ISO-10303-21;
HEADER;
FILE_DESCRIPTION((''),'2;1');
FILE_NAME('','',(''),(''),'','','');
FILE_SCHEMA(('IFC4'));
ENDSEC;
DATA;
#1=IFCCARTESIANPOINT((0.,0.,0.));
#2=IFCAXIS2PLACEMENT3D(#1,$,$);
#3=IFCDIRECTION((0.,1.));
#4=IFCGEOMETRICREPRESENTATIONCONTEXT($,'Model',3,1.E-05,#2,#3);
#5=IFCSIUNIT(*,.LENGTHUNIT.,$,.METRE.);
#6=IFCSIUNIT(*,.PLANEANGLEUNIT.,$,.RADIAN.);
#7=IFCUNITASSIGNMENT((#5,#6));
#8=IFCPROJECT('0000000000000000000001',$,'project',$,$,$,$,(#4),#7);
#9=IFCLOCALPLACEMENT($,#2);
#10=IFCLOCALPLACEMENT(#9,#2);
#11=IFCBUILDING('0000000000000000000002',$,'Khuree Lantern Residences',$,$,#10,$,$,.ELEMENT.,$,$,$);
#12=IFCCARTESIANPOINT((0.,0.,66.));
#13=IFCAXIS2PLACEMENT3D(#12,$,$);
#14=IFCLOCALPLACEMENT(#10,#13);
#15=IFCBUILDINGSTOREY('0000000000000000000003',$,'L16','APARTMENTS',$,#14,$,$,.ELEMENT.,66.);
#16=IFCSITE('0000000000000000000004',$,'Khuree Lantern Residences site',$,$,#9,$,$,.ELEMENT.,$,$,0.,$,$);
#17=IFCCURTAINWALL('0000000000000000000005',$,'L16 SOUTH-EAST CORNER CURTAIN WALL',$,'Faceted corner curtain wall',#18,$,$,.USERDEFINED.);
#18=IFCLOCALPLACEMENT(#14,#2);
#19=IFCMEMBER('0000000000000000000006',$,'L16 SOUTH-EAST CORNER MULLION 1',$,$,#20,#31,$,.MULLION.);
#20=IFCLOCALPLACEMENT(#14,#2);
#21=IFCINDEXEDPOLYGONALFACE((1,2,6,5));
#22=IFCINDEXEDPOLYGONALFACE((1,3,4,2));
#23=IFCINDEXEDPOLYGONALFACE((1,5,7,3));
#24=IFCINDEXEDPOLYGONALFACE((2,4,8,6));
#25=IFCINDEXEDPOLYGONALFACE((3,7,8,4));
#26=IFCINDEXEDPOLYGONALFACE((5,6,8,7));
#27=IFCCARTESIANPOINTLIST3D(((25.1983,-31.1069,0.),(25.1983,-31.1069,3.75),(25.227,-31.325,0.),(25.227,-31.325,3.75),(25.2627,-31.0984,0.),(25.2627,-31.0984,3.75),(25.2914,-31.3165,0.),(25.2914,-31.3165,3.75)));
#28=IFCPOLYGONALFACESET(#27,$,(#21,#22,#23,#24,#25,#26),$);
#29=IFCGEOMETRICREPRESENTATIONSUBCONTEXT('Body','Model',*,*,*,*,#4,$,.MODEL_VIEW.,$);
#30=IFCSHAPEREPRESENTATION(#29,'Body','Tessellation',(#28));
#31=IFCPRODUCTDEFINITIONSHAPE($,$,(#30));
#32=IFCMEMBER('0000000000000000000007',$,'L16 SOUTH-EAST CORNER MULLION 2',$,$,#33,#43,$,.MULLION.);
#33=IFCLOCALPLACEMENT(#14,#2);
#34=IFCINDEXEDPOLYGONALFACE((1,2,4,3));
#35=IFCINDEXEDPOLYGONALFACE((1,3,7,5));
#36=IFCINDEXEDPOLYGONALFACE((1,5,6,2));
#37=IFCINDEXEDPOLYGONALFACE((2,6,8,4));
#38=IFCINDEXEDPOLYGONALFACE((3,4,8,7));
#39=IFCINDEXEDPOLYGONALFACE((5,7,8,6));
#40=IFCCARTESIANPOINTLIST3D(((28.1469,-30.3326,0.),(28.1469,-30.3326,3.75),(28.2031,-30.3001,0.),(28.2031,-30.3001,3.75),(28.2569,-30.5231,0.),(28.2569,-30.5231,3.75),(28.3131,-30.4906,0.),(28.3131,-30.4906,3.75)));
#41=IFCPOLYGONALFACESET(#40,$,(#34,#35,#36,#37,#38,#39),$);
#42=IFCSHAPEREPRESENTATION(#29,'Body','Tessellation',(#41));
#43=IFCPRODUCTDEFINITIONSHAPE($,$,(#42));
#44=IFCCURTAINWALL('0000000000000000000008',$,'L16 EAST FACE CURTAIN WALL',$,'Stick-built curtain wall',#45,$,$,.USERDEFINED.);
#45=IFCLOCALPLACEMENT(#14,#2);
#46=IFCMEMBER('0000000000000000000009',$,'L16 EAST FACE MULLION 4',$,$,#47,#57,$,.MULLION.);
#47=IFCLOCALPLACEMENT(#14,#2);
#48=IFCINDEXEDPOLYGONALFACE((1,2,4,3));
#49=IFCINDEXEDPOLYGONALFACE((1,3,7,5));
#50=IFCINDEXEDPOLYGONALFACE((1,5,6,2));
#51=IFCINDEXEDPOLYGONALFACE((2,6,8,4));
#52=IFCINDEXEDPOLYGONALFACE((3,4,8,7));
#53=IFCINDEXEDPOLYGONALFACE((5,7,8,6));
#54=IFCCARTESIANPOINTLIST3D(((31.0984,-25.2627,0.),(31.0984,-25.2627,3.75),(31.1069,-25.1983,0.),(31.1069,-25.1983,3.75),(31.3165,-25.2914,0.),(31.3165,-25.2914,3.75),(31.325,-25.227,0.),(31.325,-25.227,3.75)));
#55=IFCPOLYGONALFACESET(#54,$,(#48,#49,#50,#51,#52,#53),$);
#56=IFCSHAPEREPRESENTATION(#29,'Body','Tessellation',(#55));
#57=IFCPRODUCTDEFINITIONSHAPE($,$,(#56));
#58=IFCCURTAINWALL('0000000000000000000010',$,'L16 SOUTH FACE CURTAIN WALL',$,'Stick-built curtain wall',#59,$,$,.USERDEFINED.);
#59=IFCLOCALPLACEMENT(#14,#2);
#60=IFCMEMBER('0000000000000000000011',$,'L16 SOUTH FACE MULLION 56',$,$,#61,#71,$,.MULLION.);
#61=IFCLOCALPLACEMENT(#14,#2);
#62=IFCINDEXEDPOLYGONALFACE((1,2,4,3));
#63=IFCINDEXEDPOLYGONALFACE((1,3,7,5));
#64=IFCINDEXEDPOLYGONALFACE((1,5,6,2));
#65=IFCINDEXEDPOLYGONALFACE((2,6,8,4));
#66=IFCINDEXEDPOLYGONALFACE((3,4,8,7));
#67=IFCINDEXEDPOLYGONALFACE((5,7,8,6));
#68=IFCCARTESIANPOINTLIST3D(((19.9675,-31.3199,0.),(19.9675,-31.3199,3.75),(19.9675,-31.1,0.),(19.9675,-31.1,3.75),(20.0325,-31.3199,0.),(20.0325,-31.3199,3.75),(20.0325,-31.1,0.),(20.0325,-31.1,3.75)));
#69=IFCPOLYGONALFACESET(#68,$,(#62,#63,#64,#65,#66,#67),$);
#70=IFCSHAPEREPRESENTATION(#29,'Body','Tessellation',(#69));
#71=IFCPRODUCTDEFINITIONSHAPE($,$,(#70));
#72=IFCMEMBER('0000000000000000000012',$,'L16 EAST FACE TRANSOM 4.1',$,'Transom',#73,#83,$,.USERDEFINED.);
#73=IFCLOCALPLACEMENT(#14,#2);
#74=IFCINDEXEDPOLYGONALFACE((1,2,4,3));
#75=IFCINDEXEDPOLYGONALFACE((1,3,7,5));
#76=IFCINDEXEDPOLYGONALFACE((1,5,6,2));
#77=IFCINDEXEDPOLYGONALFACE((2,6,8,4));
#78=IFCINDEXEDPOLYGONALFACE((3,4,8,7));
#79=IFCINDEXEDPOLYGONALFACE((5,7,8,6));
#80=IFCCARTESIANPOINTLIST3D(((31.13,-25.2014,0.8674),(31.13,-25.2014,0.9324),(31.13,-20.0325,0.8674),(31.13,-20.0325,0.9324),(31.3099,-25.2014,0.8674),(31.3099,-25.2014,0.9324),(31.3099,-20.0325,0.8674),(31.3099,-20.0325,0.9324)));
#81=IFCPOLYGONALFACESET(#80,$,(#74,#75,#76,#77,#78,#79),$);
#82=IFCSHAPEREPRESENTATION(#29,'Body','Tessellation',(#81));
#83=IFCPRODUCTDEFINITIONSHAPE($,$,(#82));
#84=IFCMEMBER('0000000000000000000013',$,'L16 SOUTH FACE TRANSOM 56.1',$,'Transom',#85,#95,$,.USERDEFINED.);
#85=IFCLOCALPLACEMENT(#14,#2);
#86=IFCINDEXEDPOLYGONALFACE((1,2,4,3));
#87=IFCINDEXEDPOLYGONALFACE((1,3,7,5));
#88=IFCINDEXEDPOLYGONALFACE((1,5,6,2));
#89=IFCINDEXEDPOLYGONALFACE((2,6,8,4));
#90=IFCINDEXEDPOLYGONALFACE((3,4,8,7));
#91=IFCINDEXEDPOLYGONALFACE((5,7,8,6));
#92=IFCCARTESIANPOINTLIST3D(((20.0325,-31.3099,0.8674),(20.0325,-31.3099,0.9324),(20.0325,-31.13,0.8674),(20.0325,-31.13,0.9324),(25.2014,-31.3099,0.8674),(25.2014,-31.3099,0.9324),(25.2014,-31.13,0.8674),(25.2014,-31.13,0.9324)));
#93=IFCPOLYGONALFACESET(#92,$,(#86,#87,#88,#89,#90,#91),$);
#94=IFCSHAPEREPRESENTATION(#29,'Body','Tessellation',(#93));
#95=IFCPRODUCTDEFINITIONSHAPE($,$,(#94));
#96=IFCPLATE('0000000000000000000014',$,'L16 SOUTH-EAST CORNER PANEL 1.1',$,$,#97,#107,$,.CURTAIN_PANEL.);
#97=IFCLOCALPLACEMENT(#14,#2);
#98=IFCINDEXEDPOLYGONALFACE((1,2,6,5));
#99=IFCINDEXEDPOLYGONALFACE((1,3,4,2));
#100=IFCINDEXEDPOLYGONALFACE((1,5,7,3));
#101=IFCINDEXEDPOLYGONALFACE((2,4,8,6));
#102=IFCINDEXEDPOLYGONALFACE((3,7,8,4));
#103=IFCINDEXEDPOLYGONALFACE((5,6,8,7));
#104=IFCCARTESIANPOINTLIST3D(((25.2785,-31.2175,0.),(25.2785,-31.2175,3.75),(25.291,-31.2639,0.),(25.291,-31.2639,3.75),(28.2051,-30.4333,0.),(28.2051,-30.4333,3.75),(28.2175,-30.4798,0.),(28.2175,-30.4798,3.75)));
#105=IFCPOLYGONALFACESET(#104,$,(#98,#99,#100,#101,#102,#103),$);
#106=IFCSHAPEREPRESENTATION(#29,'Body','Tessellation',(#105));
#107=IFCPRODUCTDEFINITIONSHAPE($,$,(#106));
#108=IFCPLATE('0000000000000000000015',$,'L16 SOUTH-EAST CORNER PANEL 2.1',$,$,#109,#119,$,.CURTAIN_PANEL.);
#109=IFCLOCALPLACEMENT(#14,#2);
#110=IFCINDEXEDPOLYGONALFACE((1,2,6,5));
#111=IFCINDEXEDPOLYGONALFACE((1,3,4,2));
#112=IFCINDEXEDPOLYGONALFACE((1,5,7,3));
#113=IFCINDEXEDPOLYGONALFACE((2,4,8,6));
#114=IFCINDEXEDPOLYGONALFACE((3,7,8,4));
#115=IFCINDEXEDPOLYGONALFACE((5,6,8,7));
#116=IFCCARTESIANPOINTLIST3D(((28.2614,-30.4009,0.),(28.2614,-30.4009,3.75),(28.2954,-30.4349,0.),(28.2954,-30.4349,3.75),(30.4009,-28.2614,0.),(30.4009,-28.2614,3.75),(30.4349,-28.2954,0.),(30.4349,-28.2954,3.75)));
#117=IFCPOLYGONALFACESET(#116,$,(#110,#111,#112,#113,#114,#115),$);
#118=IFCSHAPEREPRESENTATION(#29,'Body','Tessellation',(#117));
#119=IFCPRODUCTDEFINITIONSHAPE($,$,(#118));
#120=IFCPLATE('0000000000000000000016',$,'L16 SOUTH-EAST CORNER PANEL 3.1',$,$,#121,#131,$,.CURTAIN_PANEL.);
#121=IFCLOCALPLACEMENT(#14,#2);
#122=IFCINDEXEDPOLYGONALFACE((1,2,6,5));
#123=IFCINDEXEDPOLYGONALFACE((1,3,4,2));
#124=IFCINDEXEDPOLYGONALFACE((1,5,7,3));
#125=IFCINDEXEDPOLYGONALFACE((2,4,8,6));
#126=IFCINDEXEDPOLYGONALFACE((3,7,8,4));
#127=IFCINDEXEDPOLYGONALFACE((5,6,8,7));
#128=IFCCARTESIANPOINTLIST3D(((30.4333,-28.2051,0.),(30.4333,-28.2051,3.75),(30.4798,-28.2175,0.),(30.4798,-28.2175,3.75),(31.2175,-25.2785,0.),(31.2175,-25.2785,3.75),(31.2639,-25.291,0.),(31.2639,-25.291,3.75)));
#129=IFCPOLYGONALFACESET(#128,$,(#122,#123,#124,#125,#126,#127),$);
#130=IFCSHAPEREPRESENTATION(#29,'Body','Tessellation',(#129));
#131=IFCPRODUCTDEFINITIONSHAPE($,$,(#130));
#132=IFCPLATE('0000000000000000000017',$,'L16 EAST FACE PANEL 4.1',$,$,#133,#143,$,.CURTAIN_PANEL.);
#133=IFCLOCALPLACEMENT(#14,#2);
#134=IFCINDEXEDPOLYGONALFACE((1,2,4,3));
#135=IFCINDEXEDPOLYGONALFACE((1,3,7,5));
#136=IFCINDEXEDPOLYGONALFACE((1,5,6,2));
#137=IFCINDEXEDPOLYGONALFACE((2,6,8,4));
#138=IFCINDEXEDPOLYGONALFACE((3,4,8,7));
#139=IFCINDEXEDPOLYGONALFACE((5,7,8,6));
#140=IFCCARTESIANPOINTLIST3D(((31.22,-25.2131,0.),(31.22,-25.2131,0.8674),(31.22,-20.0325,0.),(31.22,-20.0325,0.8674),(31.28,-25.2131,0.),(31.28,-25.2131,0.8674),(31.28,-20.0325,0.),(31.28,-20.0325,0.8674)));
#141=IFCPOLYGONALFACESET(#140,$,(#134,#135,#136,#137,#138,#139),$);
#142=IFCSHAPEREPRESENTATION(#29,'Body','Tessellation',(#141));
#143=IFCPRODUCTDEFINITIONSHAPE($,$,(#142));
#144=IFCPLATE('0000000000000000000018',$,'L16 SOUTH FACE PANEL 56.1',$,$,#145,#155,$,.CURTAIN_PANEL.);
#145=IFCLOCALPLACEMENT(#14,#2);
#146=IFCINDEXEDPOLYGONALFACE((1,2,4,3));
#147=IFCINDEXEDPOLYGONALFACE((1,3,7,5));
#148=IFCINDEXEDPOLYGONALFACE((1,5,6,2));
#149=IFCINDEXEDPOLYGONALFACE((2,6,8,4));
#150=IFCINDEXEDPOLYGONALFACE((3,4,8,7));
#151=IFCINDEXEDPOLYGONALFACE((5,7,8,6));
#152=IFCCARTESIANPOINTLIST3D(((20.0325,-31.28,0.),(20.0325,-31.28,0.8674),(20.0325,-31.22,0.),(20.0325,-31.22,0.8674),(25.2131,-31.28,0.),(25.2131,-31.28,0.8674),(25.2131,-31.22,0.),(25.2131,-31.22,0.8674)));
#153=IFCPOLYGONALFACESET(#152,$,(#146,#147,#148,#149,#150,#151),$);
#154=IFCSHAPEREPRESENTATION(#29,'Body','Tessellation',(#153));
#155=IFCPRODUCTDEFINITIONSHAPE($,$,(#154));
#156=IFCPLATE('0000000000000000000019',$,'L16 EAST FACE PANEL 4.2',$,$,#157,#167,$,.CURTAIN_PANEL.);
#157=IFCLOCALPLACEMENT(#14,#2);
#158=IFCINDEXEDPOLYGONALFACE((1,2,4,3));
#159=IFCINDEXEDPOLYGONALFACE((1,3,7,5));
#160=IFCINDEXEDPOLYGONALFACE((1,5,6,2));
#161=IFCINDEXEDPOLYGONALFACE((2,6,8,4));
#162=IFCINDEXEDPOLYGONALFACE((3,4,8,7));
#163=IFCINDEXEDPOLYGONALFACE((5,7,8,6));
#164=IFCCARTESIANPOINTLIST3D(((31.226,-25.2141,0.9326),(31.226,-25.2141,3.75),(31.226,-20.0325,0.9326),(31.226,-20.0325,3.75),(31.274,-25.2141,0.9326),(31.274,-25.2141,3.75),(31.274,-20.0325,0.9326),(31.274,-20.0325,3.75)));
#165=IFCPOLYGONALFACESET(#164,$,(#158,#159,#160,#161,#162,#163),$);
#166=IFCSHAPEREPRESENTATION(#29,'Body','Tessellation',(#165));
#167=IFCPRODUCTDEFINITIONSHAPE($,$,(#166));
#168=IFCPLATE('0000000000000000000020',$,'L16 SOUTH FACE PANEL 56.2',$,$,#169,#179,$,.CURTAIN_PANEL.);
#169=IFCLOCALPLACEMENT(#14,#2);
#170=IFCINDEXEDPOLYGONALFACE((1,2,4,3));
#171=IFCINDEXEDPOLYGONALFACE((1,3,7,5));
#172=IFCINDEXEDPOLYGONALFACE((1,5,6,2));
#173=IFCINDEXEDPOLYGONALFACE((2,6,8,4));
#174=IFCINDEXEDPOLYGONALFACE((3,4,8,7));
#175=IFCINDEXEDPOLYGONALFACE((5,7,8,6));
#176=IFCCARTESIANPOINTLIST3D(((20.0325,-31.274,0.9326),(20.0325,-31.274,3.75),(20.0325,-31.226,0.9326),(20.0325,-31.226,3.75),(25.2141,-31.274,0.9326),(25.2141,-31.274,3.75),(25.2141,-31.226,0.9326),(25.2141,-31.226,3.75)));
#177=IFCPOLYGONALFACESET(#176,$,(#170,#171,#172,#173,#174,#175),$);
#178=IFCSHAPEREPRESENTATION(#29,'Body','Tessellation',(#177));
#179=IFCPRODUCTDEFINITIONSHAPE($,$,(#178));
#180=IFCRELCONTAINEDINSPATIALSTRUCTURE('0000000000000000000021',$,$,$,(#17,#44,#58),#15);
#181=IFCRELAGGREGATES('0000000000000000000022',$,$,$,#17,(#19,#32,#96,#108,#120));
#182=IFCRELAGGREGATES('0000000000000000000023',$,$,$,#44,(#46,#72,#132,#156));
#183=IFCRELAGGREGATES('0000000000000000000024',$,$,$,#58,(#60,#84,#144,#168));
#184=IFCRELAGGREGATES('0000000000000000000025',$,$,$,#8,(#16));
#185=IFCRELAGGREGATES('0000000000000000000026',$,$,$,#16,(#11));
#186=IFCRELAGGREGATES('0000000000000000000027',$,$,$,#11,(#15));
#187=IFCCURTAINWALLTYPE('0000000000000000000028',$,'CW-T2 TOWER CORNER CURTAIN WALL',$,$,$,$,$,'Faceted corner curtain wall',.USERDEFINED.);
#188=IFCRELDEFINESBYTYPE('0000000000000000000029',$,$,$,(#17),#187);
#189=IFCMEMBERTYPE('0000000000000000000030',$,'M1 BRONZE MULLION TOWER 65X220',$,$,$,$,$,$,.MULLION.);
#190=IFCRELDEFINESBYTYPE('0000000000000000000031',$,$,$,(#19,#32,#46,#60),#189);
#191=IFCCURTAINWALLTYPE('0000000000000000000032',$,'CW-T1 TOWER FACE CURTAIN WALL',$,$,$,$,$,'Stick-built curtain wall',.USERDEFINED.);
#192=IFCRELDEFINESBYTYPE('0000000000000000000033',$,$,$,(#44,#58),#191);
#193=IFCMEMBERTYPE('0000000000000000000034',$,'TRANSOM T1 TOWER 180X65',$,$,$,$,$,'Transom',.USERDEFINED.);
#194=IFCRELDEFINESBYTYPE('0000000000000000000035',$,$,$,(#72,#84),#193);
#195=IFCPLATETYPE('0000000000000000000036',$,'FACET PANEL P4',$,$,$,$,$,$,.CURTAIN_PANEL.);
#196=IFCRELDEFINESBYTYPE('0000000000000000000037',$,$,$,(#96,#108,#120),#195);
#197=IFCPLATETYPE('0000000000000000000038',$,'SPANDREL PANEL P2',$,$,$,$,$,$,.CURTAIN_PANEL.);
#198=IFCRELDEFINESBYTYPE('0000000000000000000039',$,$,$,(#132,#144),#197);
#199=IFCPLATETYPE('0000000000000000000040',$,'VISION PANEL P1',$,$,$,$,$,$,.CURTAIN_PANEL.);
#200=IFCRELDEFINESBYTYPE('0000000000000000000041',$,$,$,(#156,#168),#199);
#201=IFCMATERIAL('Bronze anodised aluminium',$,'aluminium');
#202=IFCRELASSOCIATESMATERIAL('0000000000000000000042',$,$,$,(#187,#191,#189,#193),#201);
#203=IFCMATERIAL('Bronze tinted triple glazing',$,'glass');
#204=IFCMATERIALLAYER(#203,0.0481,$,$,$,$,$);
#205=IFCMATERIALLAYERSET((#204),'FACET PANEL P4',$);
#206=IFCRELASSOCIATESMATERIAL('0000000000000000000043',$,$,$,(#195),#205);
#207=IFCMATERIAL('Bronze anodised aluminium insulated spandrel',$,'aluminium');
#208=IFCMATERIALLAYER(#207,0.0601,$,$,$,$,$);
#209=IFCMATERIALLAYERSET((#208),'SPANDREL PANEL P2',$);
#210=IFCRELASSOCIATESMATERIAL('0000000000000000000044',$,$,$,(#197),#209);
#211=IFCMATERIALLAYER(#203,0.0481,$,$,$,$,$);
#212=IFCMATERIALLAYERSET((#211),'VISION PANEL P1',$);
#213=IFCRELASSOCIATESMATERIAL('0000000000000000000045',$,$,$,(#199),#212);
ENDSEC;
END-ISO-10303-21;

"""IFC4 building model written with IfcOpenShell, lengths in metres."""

from ifc_helpers import new_model, si_unit, direction, frame, origin, origin_2d, place, context, subcontext, project, spatial, rectangle, extrude, material, layer, layer_set, material_profile, profile_set, type_object, element, aggregate, save


model = new_model("IFC4")

# Units and contexts
model_context = context("Model", 3, precision=1e-05, world=origin(), true_north=direction((0.0, 1.0)))
body_context = subcontext(model_context, "Body", "Model", "MODEL_VIEW")
ifc_project = project(units=[si_unit("LENGTHUNIT", "METRE"), si_unit("PLANEANGLEUNIT", "RADIAN")], contexts=[model_context])

# Site, building, storey
site_placement = place(None, origin())
site = spatial("IfcSite", under=ifc_project, at=site_placement, Name="Khuree Lantern Residences site", CompositionType="ELEMENT", RefElevation=0.0)
building_placement = place(site_placement, origin())
building = spatial("IfcBuilding", under=site, at=building_placement, Name="Khuree Lantern Residences", CompositionType="ELEMENT")
storey_placement = place(building_placement, frame((0.0, 0.0, 66.0)))
storey = spatial("IfcBuildingStorey", under=building, at=storey_placement, Name="L16", Description="APARTMENTS", CompositionType="ELEMENT", Elevation=66.0)

# Curtain wall
ifc_material_1 = material(Name="Bronze anodised aluminium", Category="aluminium")
curtain_wall_type_1 = type_object("IfcCurtainWallType", Name="CW-T2 TOWER CORNER CURTAIN WALL", ElementType="Faceted corner curtain wall", PredefinedType="USERDEFINED", material=ifc_material_1)
curtain_wall_1_placement = place(storey_placement, origin())
curtain_wall_1 = element("IfcCurtainWall", 1, at=curtain_wall_1_placement, inside=storey, type_object=curtain_wall_type_1, Name="L16 SOUTH-EAST CORNER CURTAIN WALL", ObjectType="Faceted corner curtain wall", PredefinedType="USERDEFINED")

# Members
ifc_material_profile_1 = material_profile(ifc_material_1, rectangle(XDim=0.0649, YDim=0.22, at=origin_2d()), Name="M1 65X220")
ifc_profile_set_1 = profile_set([ifc_material_profile_1], Name="Bronze anodised aluminium")
member_type_1 = type_object("IfcMemberType", Name="M1 BRONZE MULLION TOWER 65X220", PredefinedType="MULLION", material=ifc_profile_set_1)
member_1_placement = place(storey_placement, frame((25.2449, -31.2117, 0.0), z_axis=(0.0, 0.0, 1.0), x_axis=(0.991445, 0.130526, 0.0)))
member_1 = element("IfcMember", 2, at=member_1_placement, type_object=member_type_1, Name="L16 SOUTH-EAST CORNER MULLION 1", PredefinedType="MULLION", context=body_context, shape_type="SweptSolid", body=[
    extrude(rectangle(XDim=0.0649, YDim=0.22, at=origin_2d()), origin(), (0.0, 0.0, 1.0), 3.75),
])
member_2_placement = place(storey_placement, frame((28.23, -30.4116, 0.0), z_axis=(0.0, 0.0, 1.0), x_axis=(0.866025, 0.5, 0.0)))
member_2 = element("IfcMember", 3, at=member_2_placement, type_object=member_type_1, Name="L16 SOUTH-EAST CORNER MULLION 2", PredefinedType="MULLION", context=body_context, shape_type="SweptSolid", body=[
    extrude(rectangle(XDim=0.0649, YDim=0.22, at=origin_2d()), origin(), (0.0, 0.0, 1.0), 3.75),
])

# Curtain walls, members
curtain_wall_type_2 = type_object("IfcCurtainWallType", Name="CW-T1 TOWER FACE CURTAIN WALL", ElementType="Stick-built curtain wall", PredefinedType="USERDEFINED", material=ifc_material_1)
curtain_wall_2_placement = place(storey_placement, origin())
curtain_wall_2 = element("IfcCurtainWall", 4, at=curtain_wall_2_placement, inside=storey, type_object=curtain_wall_type_2, Name="L16 EAST FACE CURTAIN WALL", ObjectType="Stick-built curtain wall", PredefinedType="USERDEFINED")
member_3_placement = place(storey_placement, frame((31.2117, -25.2449, 0.0), z_axis=(0.0, 0.0, 1.0), x_axis=(0.130526, 0.991445, 0.0)))
member_3 = element("IfcMember", 5, at=member_3_placement, type_object=member_type_1, Name="L16 EAST FACE MULLION 4", PredefinedType="MULLION", context=body_context, shape_type="SweptSolid", body=[
    extrude(rectangle(XDim=0.0649, YDim=0.22, at=origin_2d()), origin(), (0.0, 0.0, 1.0), 3.75),
])
curtain_wall_3_placement = place(storey_placement, origin())
curtain_wall_3 = element("IfcCurtainWall", 6, at=curtain_wall_3_placement, inside=storey, type_object=curtain_wall_type_2, Name="L16 SOUTH FACE CURTAIN WALL", ObjectType="Stick-built curtain wall", PredefinedType="USERDEFINED")
member_4_placement = place(storey_placement, frame((20.0, -31.21, 0.0), z_axis=(0.0, 0.0, 1.0), x_axis=(1.0, 0.0, 0.0)))
member_4 = element("IfcMember", 7, at=member_4_placement, type_object=member_type_1, Name="L16 SOUTH FACE MULLION 56", PredefinedType="MULLION", context=body_context, shape_type="SweptSolid", body=[
    extrude(rectangle(XDim=0.0649, YDim=0.22, at=origin_2d()), origin(), (0.0, 0.0, 1.0), 3.75),
])

# Members
ifc_material_profile_2 = material_profile(ifc_material_1, rectangle(XDim=0.1799, YDim=0.0649, at=origin_2d()), Name="T1 180X65")
ifc_profile_set_2 = profile_set([ifc_material_profile_2], Name="Bronze anodised aluminium")
member_type_2 = type_object("IfcMemberType", Name="TRANSOM T1 TOWER 180X65", ElementType="Transom", PredefinedType="USERDEFINED", material=ifc_profile_set_2)
member_5_placement = place(storey_placement, frame((31.22, -25.2014, 0.8999), z_axis=(0.0, 1.0, 0.0), x_axis=(-1.0, 0.0, 0.0)))
member_5 = element("IfcMember", 8, at=member_5_placement, type_object=member_type_2, Name="L16 EAST FACE TRANSOM 4.1", ObjectType="Transom", PredefinedType="USERDEFINED", context=body_context, shape_type="SweptSolid", body=[
    extrude(rectangle(XDim=0.1799, YDim=0.0649, at=origin_2d()), origin(), (0.0, 0.0, 1.0), 5.1689),
])
member_6_placement = place(storey_placement, frame((20.0325, -31.22, 0.8999), z_axis=(1.0, 0.0, 0.0), x_axis=(0.0, 1.0, 0.0)))
member_6 = element("IfcMember", 9, at=member_6_placement, type_object=member_type_2, Name="L16 SOUTH FACE TRANSOM 56.1", ObjectType="Transom", PredefinedType="USERDEFINED", context=body_context, shape_type="SweptSolid", body=[
    extrude(rectangle(XDim=0.1799, YDim=0.0649, at=origin_2d()), origin(), (0.0, 0.0, 1.0), 5.1689),
])

# Plates
ifc_material_2 = material(Name="Bronze tinted triple glazing", Category="glass")
ifc_layer_1 = layer(ifc_material_2, 0.0481)
ifc_layer_set_1 = layer_set([ifc_layer_1], Name="FACET PANEL P4")
plate_type_1 = type_object("IfcPlateType", Name="FACET PANEL P4", PredefinedType="CURTAIN_PANEL", material=ifc_layer_set_1)
plate_1_placement = place(storey_placement, frame((26.748, -30.8486, 0.0), z_axis=(0.0, 0.0, 1.0), x_axis=(0.965926, 0.258819, 0.0)))
plate_1 = element("IfcPlate", 10, at=plate_1_placement, type_object=plate_type_1, Name="L16 SOUTH-EAST CORNER PANEL 1.1", PredefinedType="CURTAIN_PANEL", context=body_context, shape_type="SweptSolid", body=[
    extrude(rectangle(XDim=3.0298, YDim=0.0481, at=origin_2d()), origin(), (0.0, 0.0, 1.0), 3.75),
])
plate_2_placement = place(storey_placement, frame((29.3481, -29.3481, 0.0), z_axis=(0.0, 0.0, 1.0), x_axis=(0.707107, 0.707107, 0.0)))
plate_2 = element("IfcPlate", 11, at=plate_2_placement, type_object=plate_type_1, Name="L16 SOUTH-EAST CORNER PANEL 2.1", PredefinedType="CURTAIN_PANEL", context=body_context, shape_type="SweptSolid", body=[
    extrude(rectangle(XDim=3.0256, YDim=0.0481, at=origin_2d()), origin(), (0.0, 0.0, 1.0), 3.75),
])
plate_3_placement = place(storey_placement, frame((30.8486, -26.748, 0.0), z_axis=(0.0, 0.0, 1.0), x_axis=(0.258819, 0.965926, 0.0)))
plate_3 = element("IfcPlate", 12, at=plate_3_placement, type_object=plate_type_1, Name="L16 SOUTH-EAST CORNER PANEL 3.1", PredefinedType="CURTAIN_PANEL", context=body_context, shape_type="SweptSolid", body=[
    extrude(rectangle(XDim=3.0298, YDim=0.0481, at=origin_2d()), origin(), (0.0, 0.0, 1.0), 3.75),
])
aggregate(curtain_wall_1, [member_1, member_2, plate_1, plate_2, plate_3])
ifc_material_3 = material(Name="Bronze anodised aluminium insulated spandrel", Category="aluminium")
ifc_layer_2 = layer(ifc_material_3, 0.0601)
ifc_layer_set_2 = layer_set([ifc_layer_2], Name="SPANDREL PANEL P2")
plate_type_2 = type_object("IfcPlateType", Name="SPANDREL PANEL P2", PredefinedType="CURTAIN_PANEL", material=ifc_layer_set_2)
plate_4_placement = place(storey_placement, frame((31.25, -22.6228, 0.0), z_axis=(0.0, 0.0, 1.0), x_axis=(0.0, 1.0, 0.0)))
plate_4 = element("IfcPlate", 13, at=plate_4_placement, type_object=plate_type_2, Name="L16 EAST FACE PANEL 4.1", PredefinedType="CURTAIN_PANEL", context=body_context, shape_type="SweptSolid", body=[
    extrude(rectangle(XDim=5.1807, YDim=0.0601, at=origin_2d()), origin(), (0.0, 0.0, 1.0), 0.8674),
])
plate_5_placement = place(storey_placement, frame((22.6228, -31.25, 0.0), z_axis=(0.0, 0.0, 1.0), x_axis=(1.0, 0.0, 0.0)))
plate_5 = element("IfcPlate", 14, at=plate_5_placement, type_object=plate_type_2, Name="L16 SOUTH FACE PANEL 56.1", PredefinedType="CURTAIN_PANEL", context=body_context, shape_type="SweptSolid", body=[
    extrude(rectangle(XDim=5.1807, YDim=0.0601, at=origin_2d()), origin(), (0.0, 0.0, 1.0), 0.8674),
])
ifc_layer_3 = layer(ifc_material_2, 0.0481)
ifc_layer_set_3 = layer_set([ifc_layer_3], Name="VISION PANEL P1")
plate_type_3 = type_object("IfcPlateType", Name="VISION PANEL P1", PredefinedType="CURTAIN_PANEL", material=ifc_layer_set_3)
plate_6_placement = place(storey_placement, frame((31.25, -22.6233, 0.9326), z_axis=(0.0, 0.0, 1.0), x_axis=(0.0, 1.0, 0.0)))
plate_6 = element("IfcPlate", 15, at=plate_6_placement, type_object=plate_type_3, Name="L16 EAST FACE PANEL 4.2", PredefinedType="CURTAIN_PANEL", context=body_context, shape_type="SweptSolid", body=[
    extrude(rectangle(XDim=5.1816, YDim=0.0481, at=origin_2d()), origin(), (0.0, 0.0, 1.0), 2.8174),
])
aggregate(curtain_wall_2, [member_3, member_5, plate_4, plate_6])
plate_7_placement = place(storey_placement, frame((22.6233, -31.25, 0.9326), z_axis=(0.0, 0.0, 1.0), x_axis=(1.0, 0.0, 0.0)))
plate_7 = element("IfcPlate", 16, at=plate_7_placement, type_object=plate_type_3, Name="L16 SOUTH FACE PANEL 56.2", PredefinedType="CURTAIN_PANEL", context=body_context, shape_type="SweptSolid", body=[
    extrude(rectangle(XDim=5.1816, YDim=0.0481, at=origin_2d()), origin(), (0.0, 0.0, 1.0), 2.8174),
])
aggregate(curtain_wall_3, [member_4, member_6, plate_5, plate_7])

save(model, "model.ifc")
